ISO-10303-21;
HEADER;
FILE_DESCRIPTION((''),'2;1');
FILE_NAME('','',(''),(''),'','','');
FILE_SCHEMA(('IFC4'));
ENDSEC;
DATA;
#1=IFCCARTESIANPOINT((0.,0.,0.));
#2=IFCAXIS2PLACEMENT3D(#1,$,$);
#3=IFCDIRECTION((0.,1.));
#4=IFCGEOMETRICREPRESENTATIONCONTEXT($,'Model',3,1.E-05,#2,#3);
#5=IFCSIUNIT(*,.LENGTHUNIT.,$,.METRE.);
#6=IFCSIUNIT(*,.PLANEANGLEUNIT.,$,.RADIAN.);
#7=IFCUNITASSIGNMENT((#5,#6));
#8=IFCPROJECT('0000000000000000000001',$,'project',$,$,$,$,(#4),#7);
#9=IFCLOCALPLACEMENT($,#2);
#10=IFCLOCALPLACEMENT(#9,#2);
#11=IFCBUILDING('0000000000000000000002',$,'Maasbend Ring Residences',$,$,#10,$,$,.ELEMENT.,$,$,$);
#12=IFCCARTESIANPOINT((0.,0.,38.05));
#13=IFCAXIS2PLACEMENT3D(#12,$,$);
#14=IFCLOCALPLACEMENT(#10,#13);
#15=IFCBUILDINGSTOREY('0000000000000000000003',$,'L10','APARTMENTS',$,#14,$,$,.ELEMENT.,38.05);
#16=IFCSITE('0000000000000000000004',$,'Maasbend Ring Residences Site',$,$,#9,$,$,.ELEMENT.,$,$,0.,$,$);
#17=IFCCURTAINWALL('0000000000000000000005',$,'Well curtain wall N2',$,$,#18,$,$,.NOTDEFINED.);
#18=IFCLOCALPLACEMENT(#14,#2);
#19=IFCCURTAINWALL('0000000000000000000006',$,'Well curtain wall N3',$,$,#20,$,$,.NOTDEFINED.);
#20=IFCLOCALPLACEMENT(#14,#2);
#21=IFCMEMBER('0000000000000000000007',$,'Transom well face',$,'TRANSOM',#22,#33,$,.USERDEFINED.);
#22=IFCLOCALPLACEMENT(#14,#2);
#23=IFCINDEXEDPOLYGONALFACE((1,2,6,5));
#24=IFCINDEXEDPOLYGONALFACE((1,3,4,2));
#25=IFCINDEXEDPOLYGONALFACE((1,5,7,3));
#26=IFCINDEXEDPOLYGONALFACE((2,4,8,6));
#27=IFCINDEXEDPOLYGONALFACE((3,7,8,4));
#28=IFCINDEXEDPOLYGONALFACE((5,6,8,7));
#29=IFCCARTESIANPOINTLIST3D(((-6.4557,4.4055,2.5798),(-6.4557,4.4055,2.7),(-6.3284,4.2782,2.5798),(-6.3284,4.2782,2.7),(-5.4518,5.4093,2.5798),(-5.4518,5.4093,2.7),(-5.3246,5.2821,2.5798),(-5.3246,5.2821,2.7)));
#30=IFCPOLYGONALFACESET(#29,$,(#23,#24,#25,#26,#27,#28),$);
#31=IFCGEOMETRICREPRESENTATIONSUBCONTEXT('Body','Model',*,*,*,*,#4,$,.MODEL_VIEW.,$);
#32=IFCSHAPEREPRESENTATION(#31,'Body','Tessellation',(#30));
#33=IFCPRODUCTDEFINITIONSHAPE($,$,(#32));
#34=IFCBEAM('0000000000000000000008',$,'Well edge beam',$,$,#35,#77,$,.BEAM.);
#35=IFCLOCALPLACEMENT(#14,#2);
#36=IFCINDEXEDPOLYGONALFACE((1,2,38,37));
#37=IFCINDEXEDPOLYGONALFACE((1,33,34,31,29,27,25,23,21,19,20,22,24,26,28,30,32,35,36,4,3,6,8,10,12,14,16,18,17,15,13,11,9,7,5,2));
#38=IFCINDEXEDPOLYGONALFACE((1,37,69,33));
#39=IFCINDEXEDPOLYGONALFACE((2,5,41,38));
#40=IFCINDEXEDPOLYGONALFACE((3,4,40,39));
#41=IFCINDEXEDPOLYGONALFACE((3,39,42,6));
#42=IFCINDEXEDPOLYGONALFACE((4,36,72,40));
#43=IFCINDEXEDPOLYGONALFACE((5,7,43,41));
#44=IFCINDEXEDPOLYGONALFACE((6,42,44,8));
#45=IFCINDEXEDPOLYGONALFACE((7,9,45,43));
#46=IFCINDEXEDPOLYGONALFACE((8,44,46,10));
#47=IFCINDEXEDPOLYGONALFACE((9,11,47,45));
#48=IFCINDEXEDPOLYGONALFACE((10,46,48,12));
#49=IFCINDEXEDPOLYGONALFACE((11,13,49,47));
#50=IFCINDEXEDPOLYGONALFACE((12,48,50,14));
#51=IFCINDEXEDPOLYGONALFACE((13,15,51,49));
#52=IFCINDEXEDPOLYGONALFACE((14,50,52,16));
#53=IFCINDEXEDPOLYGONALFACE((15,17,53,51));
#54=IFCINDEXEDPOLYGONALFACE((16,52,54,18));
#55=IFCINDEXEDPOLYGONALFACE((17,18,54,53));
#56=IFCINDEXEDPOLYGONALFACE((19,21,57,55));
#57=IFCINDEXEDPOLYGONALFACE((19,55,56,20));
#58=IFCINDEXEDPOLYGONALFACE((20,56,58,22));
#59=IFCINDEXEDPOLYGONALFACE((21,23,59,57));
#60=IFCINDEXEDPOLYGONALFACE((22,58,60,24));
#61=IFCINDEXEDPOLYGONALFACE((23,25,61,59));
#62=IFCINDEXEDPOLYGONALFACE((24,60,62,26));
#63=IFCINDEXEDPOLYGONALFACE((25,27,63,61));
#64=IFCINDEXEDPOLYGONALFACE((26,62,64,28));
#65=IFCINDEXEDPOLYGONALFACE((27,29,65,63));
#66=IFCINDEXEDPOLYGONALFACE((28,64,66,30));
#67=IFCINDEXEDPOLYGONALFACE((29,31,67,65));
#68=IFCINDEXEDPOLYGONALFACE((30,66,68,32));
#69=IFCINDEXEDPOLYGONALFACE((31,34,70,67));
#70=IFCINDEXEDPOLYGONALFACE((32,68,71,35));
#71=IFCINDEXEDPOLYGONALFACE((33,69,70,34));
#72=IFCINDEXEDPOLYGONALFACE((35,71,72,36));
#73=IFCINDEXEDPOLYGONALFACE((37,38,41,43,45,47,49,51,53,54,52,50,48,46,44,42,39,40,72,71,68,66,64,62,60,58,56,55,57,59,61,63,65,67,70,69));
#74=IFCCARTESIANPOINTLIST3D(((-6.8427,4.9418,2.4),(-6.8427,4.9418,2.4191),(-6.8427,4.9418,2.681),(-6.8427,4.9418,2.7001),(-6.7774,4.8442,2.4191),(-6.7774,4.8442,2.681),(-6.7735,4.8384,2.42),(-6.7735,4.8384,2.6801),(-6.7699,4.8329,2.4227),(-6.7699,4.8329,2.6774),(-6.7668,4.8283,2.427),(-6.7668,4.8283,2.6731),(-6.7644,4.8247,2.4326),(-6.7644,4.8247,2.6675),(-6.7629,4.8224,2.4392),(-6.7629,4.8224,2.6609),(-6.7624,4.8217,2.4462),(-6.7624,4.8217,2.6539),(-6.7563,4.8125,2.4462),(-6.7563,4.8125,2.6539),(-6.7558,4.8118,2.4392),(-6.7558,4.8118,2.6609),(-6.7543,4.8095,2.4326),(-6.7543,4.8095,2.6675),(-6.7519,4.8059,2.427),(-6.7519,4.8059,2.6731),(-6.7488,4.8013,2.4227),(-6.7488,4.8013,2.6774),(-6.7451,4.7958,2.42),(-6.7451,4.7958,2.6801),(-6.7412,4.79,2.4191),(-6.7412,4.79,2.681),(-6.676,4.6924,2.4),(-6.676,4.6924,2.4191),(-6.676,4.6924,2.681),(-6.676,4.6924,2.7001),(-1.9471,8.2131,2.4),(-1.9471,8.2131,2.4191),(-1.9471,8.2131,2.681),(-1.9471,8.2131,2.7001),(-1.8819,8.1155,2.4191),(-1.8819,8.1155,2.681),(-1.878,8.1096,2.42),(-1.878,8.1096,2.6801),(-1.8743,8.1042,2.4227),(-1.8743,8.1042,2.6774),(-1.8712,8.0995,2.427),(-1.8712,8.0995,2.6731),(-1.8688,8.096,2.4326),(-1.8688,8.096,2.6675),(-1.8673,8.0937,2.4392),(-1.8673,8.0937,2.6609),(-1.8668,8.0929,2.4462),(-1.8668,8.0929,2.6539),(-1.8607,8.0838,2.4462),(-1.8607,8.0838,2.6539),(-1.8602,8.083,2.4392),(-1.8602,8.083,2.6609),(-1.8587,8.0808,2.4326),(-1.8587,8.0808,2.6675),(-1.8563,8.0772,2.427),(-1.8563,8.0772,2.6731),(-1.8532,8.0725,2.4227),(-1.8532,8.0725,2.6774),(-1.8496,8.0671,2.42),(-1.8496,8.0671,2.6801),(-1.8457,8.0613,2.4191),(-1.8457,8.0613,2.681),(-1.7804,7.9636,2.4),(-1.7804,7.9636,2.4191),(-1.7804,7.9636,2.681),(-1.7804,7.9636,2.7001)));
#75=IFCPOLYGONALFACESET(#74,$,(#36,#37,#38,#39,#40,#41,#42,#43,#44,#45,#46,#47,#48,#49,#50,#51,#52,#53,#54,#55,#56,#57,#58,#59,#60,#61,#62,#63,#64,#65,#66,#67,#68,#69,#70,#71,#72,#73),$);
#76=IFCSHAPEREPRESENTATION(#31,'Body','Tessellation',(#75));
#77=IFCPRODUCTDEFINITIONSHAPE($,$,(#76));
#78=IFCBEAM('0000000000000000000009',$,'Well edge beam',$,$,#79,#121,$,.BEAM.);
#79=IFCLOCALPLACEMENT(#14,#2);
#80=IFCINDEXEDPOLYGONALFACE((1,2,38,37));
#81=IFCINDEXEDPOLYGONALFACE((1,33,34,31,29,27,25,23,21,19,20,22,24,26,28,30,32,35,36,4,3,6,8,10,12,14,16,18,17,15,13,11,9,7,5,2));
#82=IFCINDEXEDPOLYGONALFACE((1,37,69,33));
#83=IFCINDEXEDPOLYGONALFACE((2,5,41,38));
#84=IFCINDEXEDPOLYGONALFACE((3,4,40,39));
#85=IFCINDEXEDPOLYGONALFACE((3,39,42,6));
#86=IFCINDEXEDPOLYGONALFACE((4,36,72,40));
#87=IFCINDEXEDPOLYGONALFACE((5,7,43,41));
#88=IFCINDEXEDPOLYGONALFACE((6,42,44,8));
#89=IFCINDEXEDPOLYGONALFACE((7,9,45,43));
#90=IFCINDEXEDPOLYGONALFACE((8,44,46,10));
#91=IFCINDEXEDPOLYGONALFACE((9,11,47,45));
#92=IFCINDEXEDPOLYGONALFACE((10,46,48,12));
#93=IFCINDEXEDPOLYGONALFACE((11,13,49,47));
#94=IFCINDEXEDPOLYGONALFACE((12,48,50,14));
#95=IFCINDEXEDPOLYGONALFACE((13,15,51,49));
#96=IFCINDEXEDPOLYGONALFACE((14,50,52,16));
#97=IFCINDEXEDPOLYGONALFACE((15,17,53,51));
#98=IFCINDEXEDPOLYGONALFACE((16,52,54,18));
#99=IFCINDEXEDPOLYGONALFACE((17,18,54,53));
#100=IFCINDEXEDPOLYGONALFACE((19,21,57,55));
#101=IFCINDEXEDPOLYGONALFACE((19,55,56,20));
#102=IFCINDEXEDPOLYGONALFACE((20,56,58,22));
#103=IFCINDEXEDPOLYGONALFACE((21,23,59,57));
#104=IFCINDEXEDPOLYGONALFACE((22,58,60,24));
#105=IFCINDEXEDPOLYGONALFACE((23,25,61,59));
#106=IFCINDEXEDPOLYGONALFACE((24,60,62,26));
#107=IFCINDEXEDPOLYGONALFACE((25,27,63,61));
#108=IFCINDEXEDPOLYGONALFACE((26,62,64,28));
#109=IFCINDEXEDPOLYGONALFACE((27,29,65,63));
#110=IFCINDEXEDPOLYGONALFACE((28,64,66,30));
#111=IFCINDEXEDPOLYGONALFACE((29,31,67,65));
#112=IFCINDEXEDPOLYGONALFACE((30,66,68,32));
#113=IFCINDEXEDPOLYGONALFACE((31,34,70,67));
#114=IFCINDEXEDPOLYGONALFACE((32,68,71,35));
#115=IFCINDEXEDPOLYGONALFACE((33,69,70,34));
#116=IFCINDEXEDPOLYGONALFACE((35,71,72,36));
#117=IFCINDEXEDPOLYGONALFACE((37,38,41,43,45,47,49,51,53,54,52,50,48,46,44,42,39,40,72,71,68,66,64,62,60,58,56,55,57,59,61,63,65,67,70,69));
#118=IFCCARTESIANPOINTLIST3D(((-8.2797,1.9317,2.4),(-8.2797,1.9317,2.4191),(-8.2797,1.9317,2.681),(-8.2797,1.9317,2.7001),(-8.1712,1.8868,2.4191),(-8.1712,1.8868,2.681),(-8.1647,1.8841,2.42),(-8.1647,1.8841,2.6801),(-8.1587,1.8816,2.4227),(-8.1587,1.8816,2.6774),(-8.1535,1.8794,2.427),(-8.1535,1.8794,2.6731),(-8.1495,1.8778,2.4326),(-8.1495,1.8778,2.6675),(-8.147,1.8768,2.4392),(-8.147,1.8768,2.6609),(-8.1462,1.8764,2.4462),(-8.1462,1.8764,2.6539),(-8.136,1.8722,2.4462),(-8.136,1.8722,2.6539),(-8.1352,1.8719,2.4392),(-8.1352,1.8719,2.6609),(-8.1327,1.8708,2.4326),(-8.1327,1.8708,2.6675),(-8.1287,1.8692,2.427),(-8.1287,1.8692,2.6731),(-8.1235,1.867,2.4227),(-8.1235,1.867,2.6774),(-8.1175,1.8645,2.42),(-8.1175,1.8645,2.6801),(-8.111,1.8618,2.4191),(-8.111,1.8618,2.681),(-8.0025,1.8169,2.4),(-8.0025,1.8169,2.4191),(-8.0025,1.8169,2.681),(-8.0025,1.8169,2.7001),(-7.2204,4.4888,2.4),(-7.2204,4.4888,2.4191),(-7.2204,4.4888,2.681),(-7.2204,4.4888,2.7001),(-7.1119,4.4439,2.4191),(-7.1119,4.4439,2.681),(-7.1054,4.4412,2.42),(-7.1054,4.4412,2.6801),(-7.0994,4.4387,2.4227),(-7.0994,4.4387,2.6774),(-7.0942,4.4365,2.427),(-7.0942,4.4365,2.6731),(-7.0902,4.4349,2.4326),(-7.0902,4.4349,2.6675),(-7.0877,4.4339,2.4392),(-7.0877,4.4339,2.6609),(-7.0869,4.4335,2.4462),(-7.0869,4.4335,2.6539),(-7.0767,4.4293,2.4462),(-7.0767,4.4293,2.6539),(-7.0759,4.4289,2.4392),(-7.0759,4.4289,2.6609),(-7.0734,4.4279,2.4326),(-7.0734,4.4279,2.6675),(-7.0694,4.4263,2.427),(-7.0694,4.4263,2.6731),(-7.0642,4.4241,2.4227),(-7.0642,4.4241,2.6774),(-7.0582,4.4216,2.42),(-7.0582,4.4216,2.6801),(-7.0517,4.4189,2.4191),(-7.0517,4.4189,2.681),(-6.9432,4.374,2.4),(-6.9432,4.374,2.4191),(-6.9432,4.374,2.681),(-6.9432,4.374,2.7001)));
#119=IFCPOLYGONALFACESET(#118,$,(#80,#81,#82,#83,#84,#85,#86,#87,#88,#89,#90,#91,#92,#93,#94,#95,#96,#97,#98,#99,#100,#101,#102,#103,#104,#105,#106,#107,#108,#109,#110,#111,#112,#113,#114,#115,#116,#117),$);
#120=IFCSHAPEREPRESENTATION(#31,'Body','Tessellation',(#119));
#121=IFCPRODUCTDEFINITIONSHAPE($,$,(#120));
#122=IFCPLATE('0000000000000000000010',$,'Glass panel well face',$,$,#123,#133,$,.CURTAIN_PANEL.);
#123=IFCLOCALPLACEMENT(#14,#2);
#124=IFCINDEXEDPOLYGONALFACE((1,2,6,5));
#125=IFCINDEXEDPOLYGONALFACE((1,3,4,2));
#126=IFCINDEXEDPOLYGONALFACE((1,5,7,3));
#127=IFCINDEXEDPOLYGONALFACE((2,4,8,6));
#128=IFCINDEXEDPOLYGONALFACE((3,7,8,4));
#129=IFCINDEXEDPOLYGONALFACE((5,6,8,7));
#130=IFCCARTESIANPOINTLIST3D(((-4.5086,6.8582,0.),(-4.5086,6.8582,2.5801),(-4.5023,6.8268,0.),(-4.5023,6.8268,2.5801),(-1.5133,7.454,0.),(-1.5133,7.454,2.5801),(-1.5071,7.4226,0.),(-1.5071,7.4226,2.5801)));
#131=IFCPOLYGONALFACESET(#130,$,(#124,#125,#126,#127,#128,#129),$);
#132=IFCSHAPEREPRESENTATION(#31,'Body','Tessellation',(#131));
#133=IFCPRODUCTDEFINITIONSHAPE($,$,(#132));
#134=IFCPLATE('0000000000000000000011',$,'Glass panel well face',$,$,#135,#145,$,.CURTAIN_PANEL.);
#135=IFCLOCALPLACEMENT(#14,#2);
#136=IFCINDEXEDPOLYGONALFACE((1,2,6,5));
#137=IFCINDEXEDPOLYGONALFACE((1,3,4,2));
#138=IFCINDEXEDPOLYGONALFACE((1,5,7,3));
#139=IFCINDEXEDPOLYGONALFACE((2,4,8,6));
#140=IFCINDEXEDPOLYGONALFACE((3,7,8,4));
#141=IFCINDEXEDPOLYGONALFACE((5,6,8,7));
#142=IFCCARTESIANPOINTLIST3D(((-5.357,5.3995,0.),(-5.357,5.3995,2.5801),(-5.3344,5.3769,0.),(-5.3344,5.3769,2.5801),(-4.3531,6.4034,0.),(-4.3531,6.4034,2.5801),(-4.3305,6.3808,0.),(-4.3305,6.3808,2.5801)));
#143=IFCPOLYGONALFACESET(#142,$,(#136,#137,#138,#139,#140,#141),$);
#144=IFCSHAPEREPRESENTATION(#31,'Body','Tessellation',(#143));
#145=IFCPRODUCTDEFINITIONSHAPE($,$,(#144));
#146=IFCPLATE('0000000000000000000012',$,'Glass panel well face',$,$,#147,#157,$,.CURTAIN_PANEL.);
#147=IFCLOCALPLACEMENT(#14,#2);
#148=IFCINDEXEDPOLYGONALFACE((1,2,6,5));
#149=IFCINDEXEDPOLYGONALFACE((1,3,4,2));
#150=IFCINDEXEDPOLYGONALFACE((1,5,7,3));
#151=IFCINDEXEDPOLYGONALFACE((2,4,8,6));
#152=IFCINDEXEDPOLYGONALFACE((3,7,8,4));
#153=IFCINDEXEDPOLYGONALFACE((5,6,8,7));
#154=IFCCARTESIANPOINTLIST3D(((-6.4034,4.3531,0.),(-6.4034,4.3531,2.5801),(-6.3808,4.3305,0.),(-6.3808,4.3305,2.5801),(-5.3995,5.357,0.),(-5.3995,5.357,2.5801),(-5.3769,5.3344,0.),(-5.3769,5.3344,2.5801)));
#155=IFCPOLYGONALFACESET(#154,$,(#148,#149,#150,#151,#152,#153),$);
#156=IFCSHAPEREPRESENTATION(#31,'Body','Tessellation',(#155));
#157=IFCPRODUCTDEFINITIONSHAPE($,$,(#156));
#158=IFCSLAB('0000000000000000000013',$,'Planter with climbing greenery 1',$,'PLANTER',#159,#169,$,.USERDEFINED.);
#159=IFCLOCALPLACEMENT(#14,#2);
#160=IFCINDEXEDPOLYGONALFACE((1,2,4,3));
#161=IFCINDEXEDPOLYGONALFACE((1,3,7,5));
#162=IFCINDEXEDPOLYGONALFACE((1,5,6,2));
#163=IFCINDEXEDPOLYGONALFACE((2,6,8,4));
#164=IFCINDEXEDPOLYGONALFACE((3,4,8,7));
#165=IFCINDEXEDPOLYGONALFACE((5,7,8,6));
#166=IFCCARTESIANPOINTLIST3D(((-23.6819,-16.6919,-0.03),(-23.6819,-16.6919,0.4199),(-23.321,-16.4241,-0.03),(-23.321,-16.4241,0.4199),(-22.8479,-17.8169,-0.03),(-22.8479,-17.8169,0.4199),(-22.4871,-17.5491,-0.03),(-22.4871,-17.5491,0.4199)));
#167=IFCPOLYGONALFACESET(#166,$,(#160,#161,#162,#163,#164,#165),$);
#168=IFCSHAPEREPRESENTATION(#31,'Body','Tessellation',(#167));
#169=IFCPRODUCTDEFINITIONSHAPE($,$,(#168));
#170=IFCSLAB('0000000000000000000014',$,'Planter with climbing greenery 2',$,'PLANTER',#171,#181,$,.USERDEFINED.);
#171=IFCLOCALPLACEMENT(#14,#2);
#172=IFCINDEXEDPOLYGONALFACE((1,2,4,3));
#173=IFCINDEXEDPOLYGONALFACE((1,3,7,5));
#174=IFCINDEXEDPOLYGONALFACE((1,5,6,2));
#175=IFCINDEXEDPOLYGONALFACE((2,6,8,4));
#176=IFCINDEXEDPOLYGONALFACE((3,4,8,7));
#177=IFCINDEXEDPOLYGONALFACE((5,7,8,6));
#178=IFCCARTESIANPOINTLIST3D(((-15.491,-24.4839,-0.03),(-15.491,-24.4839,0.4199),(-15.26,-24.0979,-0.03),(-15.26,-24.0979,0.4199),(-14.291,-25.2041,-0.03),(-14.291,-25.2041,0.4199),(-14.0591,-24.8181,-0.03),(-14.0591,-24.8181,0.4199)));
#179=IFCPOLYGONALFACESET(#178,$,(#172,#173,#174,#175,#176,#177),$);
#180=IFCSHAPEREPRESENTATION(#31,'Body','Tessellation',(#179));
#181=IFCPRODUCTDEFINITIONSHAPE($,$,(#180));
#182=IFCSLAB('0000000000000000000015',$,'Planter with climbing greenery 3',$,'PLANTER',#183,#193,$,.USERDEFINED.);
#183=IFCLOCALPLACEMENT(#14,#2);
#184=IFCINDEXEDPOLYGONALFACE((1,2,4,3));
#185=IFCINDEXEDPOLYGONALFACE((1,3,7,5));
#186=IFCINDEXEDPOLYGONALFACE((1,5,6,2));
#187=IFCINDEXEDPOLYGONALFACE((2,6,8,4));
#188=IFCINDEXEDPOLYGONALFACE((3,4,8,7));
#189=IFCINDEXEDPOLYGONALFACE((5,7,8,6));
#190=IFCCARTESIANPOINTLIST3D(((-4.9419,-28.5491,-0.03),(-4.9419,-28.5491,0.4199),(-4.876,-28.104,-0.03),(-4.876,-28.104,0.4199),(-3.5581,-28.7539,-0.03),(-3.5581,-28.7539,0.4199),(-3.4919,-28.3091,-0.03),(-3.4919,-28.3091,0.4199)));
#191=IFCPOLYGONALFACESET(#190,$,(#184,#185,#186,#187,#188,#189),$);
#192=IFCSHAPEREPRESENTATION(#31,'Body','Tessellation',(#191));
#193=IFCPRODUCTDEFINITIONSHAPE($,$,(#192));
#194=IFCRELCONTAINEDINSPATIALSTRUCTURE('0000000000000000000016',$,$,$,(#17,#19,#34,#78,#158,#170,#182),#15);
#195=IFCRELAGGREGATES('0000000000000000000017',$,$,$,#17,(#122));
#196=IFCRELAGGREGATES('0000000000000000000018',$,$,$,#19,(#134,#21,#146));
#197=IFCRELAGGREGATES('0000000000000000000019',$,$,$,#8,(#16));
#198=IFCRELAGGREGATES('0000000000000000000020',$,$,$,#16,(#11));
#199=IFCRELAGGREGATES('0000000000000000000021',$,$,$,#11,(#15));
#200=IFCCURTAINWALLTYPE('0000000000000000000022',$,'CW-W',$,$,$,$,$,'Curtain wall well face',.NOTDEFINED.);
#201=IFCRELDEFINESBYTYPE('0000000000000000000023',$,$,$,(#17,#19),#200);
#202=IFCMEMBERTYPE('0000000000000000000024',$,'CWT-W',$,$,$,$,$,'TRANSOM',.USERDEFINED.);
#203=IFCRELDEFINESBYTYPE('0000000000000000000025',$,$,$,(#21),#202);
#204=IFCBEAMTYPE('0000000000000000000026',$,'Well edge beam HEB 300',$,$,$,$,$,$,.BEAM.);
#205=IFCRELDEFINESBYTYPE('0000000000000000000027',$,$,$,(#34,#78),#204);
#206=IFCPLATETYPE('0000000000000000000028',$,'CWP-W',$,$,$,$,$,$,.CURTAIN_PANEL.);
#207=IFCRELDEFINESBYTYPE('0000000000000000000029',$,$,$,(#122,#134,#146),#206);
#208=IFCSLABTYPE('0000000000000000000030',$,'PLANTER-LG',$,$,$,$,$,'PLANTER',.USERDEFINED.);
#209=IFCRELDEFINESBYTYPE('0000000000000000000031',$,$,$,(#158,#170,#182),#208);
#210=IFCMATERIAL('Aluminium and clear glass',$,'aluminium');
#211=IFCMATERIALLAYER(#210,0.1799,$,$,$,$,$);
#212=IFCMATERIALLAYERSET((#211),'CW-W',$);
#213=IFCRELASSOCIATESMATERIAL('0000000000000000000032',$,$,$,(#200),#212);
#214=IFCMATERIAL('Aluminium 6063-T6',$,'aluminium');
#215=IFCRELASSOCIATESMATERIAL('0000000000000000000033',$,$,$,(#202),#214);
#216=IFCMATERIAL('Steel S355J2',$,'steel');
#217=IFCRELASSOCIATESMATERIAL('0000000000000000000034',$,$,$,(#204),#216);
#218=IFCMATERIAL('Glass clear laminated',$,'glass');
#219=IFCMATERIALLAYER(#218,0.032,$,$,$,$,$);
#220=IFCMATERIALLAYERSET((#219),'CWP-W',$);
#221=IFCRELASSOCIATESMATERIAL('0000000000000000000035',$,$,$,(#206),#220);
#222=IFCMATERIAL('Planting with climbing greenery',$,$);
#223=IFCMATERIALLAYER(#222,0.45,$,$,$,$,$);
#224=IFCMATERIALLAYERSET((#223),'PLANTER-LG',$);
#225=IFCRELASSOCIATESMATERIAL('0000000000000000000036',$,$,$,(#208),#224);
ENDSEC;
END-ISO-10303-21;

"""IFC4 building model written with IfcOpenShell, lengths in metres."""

from ifc_helpers import new_model, si_unit, direction, frame, origin, origin_2d, place, context, subcontext, project, spatial, polyline, rectangle, i_section, outline, extrude, material, layer, layer_set, material_profile, profile_set, type_object, element, aggregate, save


model = new_model("IFC4")

# Units and contexts
model_context = context("Model", 3, precision=1e-05, world=origin(), true_north=direction((0.0, 1.0)))
body_context = subcontext(model_context, "Body", "Model", "MODEL_VIEW")
ifc_project = project(units=[si_unit("LENGTHUNIT", "METRE"), si_unit("PLANEANGLEUNIT", "RADIAN")], contexts=[model_context])

# Site, building, storey
site_placement = place(None, origin())
site = spatial("IfcSite", under=ifc_project, at=site_placement, Name="Maasbend Ring Residences Site", CompositionType="ELEMENT", RefElevation=0.0)
building_placement = place(site_placement, origin())
building = spatial("IfcBuilding", under=site, at=building_placement, Name="Maasbend Ring Residences", CompositionType="ELEMENT")
storey_placement = place(building_placement, frame((0.0, 0.0, 38.05)))
storey = spatial("IfcBuildingStorey", under=building, at=storey_placement, Name="L10", Description="APARTMENTS", CompositionType="ELEMENT", Elevation=38.05)

# Curtain walls
ifc_material_1 = material(Name="Aluminium and clear glass", Category="aluminium")
ifc_layer_1 = layer(ifc_material_1, 0.1799)
ifc_layer_set_1 = layer_set([ifc_layer_1], Name="CW-W")
curtain_wall_type = type_object("IfcCurtainWallType", Name="CW-W", ElementType="Curtain wall well face", PredefinedType="NOTDEFINED", material=ifc_layer_set_1)
curtain_wall_1_placement = place(storey_placement, origin())
curtain_wall_1 = element("IfcCurtainWall", 1, at=curtain_wall_1_placement, inside=storey, type_object=curtain_wall_type, Name="Well curtain wall N2", PredefinedType="NOTDEFINED")
curtain_wall_2_placement = place(storey_placement, origin())
curtain_wall_2 = element("IfcCurtainWall", 2, at=curtain_wall_2_placement, inside=storey, type_object=curtain_wall_type, Name="Well curtain wall N3", PredefinedType="NOTDEFINED")

# Member
ifc_material_2 = material(Name="Aluminium 6063-T6", Category="aluminium")
ifc_material_profile_1 = material_profile(ifc_material_2, rectangle(XDim=0.1799, YDim=0.1201, at=origin_2d()), Name="AL 180x120")
ifc_profile_set_1 = profile_set([ifc_material_profile_1], Name="Aluminium 6063-T6")
member_type_1 = type_object("IfcMemberType", Name="CWT-W", ElementType="TRANSOM", PredefinedType="USERDEFINED", material=ifc_profile_set_1)
member_1_placement = place(storey_placement, frame((-5.3882, 5.3457, 2.6399), z_axis=(-0.707107, -0.707107, 0.0), x_axis=(0.707107, -0.707107, 0.0)))
member_1 = element("IfcMember", 3, at=member_1_placement, type_object=member_type_1, Name="Transom well face", ObjectType="TRANSOM", PredefinedType="USERDEFINED", context=body_context, shape_type="SweptSolid", body=[
    extrude(rectangle(XDim=0.1799, YDim=0.1201, at=origin_2d()), origin(), (0.0, 0.0, 1.0), 1.4197),
])

# Beams
ifc_material_3 = material(Name="Steel S355J2", Category="steel")
ifc_material_profile_2 = material_profile(ifc_material_3, i_section(OverallWidth=0.3, OverallDepth=0.3, WebThickness=0.011, FlangeThickness=0.019, FilletRadius=0.0271, at=origin_2d()), Name="HEB 300")
ifc_profile_set_2 = profile_set([ifc_material_profile_2], Name="Steel S355J2")
beam_type = type_object("IfcBeamType", Name="Well edge beam HEB 300", PredefinedType="BEAM", material=ifc_profile_set_2)
beam_1_placement = place(storey_placement, frame((-1.8638, 8.0884, 2.55), z_axis=(-0.831457, -0.55559, 0.0), x_axis=(0.55559, -0.831457, 0.0)))
element("IfcBeam", 4, at=beam_1_placement, inside=storey, type_object=beam_type, Name="Well edge beam", PredefinedType="BEAM", context=body_context, shape_type="SweptSolid", body=[
    extrude(i_section(OverallWidth=0.3, OverallDepth=0.3, WebThickness=0.011, FlangeThickness=0.019, FilletRadius=0.0271, at=origin_2d()), origin(), (0.0, 0.0, 1.0), 5.8879),
])
beam_2_placement = place(storey_placement, frame((-7.0818, 4.4314, 2.55), z_axis=(-0.382723, -0.923863, 0.0), x_axis=(0.923863, -0.382723, 0.0)))
element("IfcBeam", 5, at=beam_2_placement, inside=storey, type_object=beam_type, Name="Well edge beam", PredefinedType="BEAM", context=body_context, shape_type="SweptSolid", body=[
    extrude(i_section(OverallWidth=0.3, OverallDepth=0.3, WebThickness=0.011, FlangeThickness=0.019, FilletRadius=0.0271, at=origin_2d()), origin(), (0.0, 0.0, 1.0), 2.7678),
])

# Plates
ifc_material_4 = material(Name="Glass clear laminated", Category="glass")
ifc_layer_2 = layer(ifc_material_4, 0.032)
ifc_layer_set_2 = layer_set([ifc_layer_2], Name="CWP-W")
plate_type = type_object("IfcPlateType", Name="CWP-W", PredefinedType="CURTAIN_PANEL", material=ifc_layer_set_2)
plate_1_placement = place(storey_placement, frame((-3.0078, 7.1404, 0.0), z_axis=(0.0, 0.0, 1.0), x_axis=(-0.980785, -0.19509, 0.0)))
plate_1 = element("IfcPlate", 6, at=plate_1_placement, type_object=plate_type, Name="Glass panel well face", PredefinedType="CURTAIN_PANEL", context=body_context, shape_type="SweptSolid", body=[
    extrude(rectangle(XDim=3.054, YDim=0.032, at=origin_2d()), origin(), (0.0, 0.0, 1.0), 2.5801),
])
aggregate(curtain_wall_1, [plate_1])
plate_2_placement = place(storey_placement, frame((-4.8438, 5.8901, 0.0), z_axis=(0.0, 0.0, 1.0), x_axis=(-0.707107, -0.707107, 0.0)))
plate_2 = element("IfcPlate", 7, at=plate_2_placement, type_object=plate_type, Name="Glass panel well face", PredefinedType="CURTAIN_PANEL", context=body_context, shape_type="SweptSolid", body=[
    extrude(rectangle(XDim=1.4197, YDim=0.032, at=origin_2d()), origin(), (0.0, 0.0, 1.0), 2.5801),
])
plate_3_placement = place(storey_placement, frame((-5.8901, 4.8438, 0.0), z_axis=(0.0, 0.0, 1.0), x_axis=(-0.707107, -0.707107, 0.0)))
plate_3 = element("IfcPlate", 8, at=plate_3_placement, type_object=plate_type, Name="Glass panel well face", PredefinedType="CURTAIN_PANEL", context=body_context, shape_type="SweptSolid", body=[
    extrude(rectangle(XDim=1.4197, YDim=0.032, at=origin_2d()), origin(), (0.0, 0.0, 1.0), 2.5801),
])
aggregate(curtain_wall_2, [plate_2, member_1, plate_3])

# Slabs
ifc_material_5 = material(Name="Planting with climbing greenery")
ifc_layer_3 = layer(ifc_material_5, 0.45)
ifc_layer_set_3 = layer_set([ifc_layer_3], Name="PLANTER-LG")
slab_type_1 = type_object("IfcSlabType", Name="PLANTER-LG", ElementType="PLANTER", PredefinedType="USERDEFINED", material=ifc_layer_set_3)
slab_1_placement = place(storey_placement, frame((0.0, 0.0, -0.03)))
element("IfcSlab", 9, at=slab_1_placement, inside=storey, type_object=slab_type_1, Name="Planter with climbing greenery 1", ObjectType="PLANTER", PredefinedType="USERDEFINED", context=body_context, shape_type="SweptSolid", body=[
    extrude(outline(polyline([(-23.6819, -16.6919), (-22.8479, -17.8169), (-22.4871, -17.5491), (-23.321, -16.4241), (-23.6819, -16.6919)])), origin(), (0.0, 0.0, 1.0), 0.45),
])
slab_2_placement = place(storey_placement, frame((0.0, 0.0, -0.03)))
element("IfcSlab", 10, at=slab_2_placement, inside=storey, type_object=slab_type_1, Name="Planter with climbing greenery 2", ObjectType="PLANTER", PredefinedType="USERDEFINED", context=body_context, shape_type="SweptSolid", body=[
    extrude(outline(polyline([(-15.491, -24.4839), (-14.291, -25.2041), (-14.0591, -24.8181), (-15.26, -24.0979), (-15.491, -24.4839)])), origin(), (0.0, 0.0, 1.0), 0.45),
])
slab_3_placement = place(storey_placement, frame((0.0, 0.0, -0.03)))
element("IfcSlab", 11, at=slab_3_placement, inside=storey, type_object=slab_type_1, Name="Planter with climbing greenery 3", ObjectType="PLANTER", PredefinedType="USERDEFINED", context=body_context, shape_type="SweptSolid", body=[
    extrude(outline(polyline([(-4.9419, -28.5491), (-3.5581, -28.7539), (-3.4919, -28.3091), (-4.876, -28.104), (-4.9419, -28.5491)])), origin(), (0.0, 0.0, 1.0), 0.45),
])

save(model, "model.ifc")
